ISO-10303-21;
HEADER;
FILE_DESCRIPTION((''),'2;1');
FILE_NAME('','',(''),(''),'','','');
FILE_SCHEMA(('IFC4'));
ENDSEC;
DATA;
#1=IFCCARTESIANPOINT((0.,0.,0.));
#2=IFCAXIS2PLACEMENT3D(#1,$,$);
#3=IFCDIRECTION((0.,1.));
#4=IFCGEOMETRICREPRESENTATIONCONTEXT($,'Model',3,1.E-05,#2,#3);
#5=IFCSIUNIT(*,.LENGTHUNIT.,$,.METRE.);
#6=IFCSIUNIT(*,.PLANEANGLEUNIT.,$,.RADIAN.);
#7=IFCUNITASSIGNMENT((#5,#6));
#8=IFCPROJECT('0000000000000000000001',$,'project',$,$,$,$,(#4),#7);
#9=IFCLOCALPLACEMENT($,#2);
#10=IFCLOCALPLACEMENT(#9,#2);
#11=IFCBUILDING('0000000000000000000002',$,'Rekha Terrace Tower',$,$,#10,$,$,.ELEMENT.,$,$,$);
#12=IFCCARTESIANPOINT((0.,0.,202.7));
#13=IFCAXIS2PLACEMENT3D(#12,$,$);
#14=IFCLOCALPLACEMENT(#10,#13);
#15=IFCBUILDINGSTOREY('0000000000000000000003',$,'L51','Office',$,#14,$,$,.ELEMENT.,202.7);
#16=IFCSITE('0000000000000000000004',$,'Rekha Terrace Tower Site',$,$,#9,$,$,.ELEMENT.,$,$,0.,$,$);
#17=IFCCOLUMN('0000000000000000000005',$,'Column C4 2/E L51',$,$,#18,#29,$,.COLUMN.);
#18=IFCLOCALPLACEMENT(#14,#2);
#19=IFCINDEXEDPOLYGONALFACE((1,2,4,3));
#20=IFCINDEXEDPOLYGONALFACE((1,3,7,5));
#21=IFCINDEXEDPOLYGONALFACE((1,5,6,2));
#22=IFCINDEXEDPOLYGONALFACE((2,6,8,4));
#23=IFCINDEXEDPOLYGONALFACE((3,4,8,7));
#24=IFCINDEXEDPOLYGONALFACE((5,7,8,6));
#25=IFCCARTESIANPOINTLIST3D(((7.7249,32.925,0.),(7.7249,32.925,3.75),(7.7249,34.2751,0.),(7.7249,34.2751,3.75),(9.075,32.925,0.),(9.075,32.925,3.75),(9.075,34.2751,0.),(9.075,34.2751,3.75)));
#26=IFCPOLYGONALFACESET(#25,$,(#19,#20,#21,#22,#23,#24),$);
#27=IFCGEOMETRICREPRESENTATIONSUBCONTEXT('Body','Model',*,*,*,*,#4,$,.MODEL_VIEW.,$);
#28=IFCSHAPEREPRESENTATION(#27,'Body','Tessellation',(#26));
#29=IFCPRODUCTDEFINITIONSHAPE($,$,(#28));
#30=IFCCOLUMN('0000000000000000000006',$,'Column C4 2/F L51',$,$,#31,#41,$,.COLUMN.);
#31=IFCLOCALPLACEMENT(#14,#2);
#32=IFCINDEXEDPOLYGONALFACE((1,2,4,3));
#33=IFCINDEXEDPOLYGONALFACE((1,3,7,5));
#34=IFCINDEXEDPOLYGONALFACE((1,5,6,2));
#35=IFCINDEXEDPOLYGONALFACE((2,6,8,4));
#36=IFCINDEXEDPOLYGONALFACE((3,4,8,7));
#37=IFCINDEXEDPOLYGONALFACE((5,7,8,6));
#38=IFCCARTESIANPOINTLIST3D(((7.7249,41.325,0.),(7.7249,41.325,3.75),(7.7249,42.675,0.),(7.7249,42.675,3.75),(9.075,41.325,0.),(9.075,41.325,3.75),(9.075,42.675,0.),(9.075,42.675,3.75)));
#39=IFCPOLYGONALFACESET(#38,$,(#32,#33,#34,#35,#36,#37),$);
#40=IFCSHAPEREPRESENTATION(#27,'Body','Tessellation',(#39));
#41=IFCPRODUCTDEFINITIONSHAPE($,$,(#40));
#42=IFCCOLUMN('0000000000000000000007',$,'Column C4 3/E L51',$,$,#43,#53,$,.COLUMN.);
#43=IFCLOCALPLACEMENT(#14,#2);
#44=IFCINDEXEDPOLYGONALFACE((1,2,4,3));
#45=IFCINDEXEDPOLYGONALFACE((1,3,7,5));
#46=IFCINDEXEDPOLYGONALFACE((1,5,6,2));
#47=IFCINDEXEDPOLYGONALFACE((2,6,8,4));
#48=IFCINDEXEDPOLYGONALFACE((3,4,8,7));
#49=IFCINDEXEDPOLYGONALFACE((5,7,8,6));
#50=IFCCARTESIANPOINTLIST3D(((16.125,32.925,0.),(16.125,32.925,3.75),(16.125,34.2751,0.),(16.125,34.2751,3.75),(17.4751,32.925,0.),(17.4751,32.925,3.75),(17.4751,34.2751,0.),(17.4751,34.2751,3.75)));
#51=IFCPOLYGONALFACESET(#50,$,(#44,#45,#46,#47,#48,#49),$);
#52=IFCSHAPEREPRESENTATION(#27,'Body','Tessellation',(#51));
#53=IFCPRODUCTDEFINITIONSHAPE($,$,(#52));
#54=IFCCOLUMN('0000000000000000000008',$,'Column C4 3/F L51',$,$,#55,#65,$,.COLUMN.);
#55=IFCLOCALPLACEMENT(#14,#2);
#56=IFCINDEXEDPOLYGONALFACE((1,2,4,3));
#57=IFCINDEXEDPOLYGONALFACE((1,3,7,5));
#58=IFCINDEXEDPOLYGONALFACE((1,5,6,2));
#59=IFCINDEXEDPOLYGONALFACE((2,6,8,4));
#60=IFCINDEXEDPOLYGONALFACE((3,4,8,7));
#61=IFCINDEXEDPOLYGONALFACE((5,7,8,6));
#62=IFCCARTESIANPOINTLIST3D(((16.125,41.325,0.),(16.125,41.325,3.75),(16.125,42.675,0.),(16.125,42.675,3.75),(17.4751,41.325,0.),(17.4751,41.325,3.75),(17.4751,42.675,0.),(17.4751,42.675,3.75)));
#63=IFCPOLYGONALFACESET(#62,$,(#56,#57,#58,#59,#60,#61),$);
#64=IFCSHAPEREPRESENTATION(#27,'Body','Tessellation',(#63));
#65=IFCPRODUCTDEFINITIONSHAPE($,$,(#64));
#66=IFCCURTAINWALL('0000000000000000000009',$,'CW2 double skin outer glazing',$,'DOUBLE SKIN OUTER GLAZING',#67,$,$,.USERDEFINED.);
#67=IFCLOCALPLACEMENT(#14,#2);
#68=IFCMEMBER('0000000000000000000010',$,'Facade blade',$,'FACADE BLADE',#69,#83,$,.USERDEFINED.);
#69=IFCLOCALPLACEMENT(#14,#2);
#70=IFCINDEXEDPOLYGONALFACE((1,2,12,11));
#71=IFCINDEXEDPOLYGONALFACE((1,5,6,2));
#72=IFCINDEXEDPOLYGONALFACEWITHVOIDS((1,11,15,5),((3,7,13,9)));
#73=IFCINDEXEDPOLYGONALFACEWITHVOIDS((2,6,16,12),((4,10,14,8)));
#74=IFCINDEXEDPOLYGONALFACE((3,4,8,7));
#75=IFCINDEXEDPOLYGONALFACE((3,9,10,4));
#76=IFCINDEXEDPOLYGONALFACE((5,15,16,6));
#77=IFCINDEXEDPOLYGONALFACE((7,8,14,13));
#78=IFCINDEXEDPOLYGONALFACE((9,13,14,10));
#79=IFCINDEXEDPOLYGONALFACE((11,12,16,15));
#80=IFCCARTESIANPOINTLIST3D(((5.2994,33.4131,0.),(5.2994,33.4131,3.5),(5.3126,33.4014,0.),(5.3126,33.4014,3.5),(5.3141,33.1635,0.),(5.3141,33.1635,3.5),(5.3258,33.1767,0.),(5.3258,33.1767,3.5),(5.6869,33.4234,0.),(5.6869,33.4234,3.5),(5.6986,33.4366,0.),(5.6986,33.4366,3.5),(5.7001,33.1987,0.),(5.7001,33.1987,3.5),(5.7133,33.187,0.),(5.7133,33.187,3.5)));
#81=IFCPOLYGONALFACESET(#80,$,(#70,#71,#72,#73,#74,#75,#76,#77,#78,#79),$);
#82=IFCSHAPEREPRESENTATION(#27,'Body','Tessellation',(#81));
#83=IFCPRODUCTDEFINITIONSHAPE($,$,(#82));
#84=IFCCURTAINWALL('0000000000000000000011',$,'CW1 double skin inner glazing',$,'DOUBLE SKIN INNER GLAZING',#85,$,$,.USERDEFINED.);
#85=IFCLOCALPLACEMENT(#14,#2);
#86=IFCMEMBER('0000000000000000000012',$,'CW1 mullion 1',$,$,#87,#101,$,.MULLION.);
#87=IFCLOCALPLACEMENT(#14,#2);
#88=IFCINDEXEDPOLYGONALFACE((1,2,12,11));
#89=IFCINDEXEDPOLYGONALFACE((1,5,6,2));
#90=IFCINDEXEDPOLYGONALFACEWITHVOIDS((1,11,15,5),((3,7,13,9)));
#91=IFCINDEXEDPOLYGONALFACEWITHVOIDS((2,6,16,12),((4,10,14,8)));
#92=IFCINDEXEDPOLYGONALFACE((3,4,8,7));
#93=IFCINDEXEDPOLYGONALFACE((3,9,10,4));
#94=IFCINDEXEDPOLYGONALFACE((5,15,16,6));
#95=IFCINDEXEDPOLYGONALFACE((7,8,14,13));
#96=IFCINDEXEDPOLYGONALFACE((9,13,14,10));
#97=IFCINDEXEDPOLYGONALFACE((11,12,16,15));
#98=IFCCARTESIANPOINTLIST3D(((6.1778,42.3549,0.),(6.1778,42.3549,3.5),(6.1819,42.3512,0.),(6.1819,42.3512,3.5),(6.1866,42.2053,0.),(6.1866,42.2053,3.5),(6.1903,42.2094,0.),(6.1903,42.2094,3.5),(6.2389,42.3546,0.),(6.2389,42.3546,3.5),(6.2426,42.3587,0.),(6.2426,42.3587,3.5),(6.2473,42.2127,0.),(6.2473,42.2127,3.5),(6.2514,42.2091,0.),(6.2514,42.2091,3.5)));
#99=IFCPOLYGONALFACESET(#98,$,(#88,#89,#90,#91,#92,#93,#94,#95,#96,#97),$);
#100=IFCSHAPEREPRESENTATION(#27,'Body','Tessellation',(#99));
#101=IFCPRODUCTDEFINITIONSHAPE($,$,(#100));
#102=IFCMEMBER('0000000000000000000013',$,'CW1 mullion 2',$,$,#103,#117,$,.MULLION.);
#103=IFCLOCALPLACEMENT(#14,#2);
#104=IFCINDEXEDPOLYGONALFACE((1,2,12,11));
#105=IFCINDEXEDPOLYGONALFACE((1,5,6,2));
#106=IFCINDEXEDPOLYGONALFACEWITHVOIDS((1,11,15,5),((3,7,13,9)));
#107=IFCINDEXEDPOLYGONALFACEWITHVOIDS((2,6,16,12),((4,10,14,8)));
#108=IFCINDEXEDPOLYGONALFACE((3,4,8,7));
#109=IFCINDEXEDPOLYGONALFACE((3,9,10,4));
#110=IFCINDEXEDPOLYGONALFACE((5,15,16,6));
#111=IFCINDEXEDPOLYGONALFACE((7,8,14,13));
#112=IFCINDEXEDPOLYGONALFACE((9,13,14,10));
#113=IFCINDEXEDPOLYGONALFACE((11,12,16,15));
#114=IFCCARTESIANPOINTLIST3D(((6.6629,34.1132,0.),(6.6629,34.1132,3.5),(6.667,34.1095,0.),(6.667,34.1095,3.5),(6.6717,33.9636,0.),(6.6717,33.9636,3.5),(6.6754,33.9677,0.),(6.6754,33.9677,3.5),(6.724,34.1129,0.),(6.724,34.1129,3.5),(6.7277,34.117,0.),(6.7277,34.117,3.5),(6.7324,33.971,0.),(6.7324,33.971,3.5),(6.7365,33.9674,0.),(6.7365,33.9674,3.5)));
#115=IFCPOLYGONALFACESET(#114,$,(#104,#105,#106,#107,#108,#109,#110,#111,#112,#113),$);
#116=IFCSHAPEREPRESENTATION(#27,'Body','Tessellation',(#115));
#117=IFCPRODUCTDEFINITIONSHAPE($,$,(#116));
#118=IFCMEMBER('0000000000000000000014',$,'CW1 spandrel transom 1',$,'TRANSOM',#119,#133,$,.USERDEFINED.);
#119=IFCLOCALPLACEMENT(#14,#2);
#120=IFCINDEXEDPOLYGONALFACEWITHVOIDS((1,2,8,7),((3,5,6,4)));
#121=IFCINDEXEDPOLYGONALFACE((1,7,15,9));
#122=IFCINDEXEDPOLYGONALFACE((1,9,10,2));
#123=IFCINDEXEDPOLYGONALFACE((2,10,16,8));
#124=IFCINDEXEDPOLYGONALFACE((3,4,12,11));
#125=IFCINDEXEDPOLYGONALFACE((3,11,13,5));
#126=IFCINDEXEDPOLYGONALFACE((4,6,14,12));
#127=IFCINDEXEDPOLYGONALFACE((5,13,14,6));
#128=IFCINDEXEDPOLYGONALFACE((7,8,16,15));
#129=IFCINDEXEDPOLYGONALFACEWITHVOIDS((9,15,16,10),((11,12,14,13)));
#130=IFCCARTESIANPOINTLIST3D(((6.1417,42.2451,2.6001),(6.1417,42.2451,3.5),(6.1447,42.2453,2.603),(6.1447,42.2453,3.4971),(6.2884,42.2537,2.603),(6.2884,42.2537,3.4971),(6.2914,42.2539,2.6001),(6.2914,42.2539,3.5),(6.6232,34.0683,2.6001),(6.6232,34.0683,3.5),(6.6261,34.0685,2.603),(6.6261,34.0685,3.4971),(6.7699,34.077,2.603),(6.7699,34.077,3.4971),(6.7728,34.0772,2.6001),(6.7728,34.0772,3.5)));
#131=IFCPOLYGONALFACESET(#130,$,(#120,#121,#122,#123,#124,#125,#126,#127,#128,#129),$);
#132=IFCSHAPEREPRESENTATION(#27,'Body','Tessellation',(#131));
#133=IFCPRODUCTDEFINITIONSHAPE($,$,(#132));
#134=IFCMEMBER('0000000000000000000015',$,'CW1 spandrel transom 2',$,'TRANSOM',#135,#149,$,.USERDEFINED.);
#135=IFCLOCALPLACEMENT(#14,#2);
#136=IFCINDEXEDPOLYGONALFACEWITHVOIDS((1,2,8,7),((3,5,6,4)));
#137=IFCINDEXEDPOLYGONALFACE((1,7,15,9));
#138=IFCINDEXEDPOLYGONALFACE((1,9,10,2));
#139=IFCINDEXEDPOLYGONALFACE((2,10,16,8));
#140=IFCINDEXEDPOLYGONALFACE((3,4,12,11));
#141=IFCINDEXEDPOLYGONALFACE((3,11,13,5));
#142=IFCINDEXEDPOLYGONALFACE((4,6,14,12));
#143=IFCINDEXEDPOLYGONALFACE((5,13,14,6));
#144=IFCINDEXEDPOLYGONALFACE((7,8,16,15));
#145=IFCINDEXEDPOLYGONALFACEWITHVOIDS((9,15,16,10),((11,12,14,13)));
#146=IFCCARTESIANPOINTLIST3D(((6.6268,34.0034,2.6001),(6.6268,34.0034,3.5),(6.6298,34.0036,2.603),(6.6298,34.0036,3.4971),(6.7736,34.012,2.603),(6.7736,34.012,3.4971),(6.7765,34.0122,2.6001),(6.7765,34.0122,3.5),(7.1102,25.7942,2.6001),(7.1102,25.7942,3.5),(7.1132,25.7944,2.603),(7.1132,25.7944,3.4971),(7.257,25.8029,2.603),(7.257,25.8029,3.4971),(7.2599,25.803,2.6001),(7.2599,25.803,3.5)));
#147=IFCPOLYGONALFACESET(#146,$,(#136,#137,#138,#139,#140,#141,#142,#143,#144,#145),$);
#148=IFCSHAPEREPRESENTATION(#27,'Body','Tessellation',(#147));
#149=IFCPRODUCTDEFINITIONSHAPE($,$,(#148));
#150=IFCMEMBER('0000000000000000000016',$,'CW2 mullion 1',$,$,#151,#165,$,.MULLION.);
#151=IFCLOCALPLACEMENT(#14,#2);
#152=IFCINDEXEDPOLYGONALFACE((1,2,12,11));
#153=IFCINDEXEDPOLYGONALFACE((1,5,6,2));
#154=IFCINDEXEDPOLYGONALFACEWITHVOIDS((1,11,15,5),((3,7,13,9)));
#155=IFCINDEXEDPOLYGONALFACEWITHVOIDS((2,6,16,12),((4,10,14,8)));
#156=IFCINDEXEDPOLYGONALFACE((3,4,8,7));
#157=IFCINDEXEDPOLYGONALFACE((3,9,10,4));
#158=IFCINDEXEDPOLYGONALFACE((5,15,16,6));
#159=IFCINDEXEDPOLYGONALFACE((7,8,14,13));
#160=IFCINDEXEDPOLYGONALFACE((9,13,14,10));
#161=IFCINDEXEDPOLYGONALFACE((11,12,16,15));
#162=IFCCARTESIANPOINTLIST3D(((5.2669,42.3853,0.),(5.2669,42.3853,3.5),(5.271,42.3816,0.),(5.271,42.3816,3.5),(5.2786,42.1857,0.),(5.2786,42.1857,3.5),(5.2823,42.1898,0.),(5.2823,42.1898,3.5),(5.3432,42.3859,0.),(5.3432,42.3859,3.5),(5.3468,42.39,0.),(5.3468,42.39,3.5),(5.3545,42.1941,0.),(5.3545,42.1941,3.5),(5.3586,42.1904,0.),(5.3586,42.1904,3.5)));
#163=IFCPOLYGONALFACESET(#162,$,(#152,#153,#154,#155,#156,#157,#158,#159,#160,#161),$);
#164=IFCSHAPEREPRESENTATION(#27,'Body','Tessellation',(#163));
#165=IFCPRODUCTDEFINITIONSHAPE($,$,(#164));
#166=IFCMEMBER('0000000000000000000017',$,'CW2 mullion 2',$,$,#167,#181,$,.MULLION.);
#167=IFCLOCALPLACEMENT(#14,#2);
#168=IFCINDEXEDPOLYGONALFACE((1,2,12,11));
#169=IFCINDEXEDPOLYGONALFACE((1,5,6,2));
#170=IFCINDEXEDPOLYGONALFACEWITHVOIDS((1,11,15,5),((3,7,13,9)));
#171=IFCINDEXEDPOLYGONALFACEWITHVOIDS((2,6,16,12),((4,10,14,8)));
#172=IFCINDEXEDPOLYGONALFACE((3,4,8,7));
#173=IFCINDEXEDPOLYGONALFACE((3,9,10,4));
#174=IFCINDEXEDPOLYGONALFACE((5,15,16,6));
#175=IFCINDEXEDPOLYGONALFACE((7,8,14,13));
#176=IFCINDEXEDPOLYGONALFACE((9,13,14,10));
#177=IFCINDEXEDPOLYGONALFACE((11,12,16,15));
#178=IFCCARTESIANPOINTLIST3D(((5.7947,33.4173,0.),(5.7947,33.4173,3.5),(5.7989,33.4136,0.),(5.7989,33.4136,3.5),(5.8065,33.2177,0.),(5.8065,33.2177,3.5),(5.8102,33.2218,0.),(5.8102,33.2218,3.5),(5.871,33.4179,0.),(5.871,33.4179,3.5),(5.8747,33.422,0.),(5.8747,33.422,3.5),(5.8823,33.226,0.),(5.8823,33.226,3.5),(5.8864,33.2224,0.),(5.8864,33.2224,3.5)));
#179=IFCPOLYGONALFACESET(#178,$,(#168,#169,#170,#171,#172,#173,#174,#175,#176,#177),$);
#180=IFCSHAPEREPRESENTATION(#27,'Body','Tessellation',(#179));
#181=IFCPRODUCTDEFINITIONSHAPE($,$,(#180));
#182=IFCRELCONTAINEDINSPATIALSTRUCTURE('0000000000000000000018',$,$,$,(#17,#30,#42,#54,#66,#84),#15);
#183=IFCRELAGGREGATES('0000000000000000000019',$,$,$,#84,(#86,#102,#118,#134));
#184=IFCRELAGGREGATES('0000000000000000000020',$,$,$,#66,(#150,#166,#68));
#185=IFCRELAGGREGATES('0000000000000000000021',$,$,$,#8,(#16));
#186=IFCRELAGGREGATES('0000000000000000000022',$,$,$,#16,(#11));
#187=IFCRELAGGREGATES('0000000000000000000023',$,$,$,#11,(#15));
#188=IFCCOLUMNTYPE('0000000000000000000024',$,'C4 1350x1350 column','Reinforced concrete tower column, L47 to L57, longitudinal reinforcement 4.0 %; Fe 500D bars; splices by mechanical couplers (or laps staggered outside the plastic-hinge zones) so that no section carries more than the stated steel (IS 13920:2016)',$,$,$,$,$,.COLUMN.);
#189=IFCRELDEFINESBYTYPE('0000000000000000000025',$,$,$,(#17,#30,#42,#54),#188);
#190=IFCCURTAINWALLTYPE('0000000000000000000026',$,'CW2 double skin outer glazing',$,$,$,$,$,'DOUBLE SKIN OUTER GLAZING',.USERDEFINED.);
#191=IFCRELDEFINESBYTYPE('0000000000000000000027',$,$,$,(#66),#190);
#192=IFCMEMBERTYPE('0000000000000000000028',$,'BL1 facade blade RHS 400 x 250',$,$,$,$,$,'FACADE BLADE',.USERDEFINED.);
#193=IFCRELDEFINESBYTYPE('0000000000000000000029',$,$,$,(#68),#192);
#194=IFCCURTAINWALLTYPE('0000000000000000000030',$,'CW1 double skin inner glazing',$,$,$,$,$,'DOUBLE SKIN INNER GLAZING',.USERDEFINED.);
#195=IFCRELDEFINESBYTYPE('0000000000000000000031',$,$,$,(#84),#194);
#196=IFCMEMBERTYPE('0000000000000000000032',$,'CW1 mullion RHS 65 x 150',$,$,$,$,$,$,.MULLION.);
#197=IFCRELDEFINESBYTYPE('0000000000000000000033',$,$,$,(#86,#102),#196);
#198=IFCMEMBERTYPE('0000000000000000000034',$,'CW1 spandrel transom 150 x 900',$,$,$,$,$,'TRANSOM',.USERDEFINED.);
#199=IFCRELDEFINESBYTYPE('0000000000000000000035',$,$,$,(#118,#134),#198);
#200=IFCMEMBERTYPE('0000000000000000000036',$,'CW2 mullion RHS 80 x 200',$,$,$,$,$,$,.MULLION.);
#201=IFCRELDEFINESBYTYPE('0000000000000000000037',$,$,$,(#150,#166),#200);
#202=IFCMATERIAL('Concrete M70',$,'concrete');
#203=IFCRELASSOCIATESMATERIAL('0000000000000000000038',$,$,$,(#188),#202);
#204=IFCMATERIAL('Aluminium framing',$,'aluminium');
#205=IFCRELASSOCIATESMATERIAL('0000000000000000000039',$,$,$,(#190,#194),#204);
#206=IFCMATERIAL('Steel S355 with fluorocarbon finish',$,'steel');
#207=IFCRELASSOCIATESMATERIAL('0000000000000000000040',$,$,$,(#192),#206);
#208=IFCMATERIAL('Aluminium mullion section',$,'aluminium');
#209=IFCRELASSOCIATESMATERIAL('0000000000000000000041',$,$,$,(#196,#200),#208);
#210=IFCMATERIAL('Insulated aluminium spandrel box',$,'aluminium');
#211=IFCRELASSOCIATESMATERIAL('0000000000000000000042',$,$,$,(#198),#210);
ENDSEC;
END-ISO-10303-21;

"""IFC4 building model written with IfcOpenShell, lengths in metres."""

from ifc_helpers import new_model, si_unit, direction, frame, origin, origin_2d, place, context, subcontext, project, spatial, rectangle, hollow_rectangle, extrude, material, material_profile, profile_set, type_object, element, aggregate, save


model = new_model("IFC4")

# Units and contexts
model_context = context("Model", 3, precision=1e-05, world=origin(), true_north=direction((0.0, 1.0)))
body_context = subcontext(model_context, "Body", "Model", "MODEL_VIEW")
ifc_project = project(units=[si_unit("LENGTHUNIT", "METRE"), si_unit("PLANEANGLEUNIT", "RADIAN")], contexts=[model_context])

# Site, building, storey
site_placement = place(None, origin())
site = spatial("IfcSite", under=ifc_project, at=site_placement, Name="Rekha Terrace Tower Site", CompositionType="ELEMENT", RefElevation=0.0)
building_placement = place(site_placement, origin())
building = spatial("IfcBuilding", under=site, at=building_placement, Name="Rekha Terrace Tower", CompositionType="ELEMENT")
storey_placement = place(building_placement, frame((0.0, 0.0, 202.7)))
storey = spatial("IfcBuildingStorey", under=building, at=storey_placement, Name="L51", Description="Office", CompositionType="ELEMENT", Elevation=202.7)

# Columns
ifc_material_1 = material(Name="Concrete M70", Category="concrete")
ifc_material_profile_1 = material_profile(ifc_material_1, rectangle(XDim=1.3501, YDim=1.3501, at=origin_2d()), Name="RC 1350x1350")
ifc_profile_set_1 = profile_set([ifc_material_profile_1], Name="Concrete M70")
column_type = type_object("IfcColumnType", Name="C4 1350x1350 column", Description="Reinforced concrete tower column, L47 to L57, longitudinal reinforcement 4.0 %; Fe 500D bars; splices by mechanical couplers (or laps staggered outside the plastic-hinge zones) so that no section carries more than the stated steel (IS 13920:2016)", PredefinedType="COLUMN", material=ifc_profile_set_1)
for number, where, z_axis, x_axis, name in (
    (1, (8.3999, 33.6001, 0.0), (0.0, 0.0, 1.0), (1.0, 0.0, 0.0), "Column C4 2/E L51"),
    (2, (8.3999, 42.0, 0.0), (0.0, 0.0, 1.0), (1.0, 0.0, 0.0), "Column C4 2/F L51"),
    (3, (16.8, 33.6001, 0.0), (0.0, 0.0, 1.0), (1.0, 0.0, 0.0), "Column C4 3/E L51"),
    (4, (16.8, 42.0, 0.0), (0.0, 0.0, 1.0), (1.0, 0.0, 0.0), "Column C4 3/F L51"),
):
    element("IfcColumn", number, at=place(storey_placement, frame(where, z_axis=z_axis, x_axis=x_axis)), inside=storey, type_object=column_type, Name=name, PredefinedType="COLUMN", context=body_context, shape_type="SweptSolid", body=[
        extrude(rectangle(XDim=1.3501, YDim=1.3501, at=origin_2d()), origin(), (0.0, 0.0, 1.0), 3.75),
    ])

# Curtain wall, member
ifc_material_2 = material(Name="Aluminium framing", Category="aluminium")
curtain_wall_type_1 = type_object("IfcCurtainWallType", Name="CW2 double skin outer glazing", ElementType="DOUBLE SKIN OUTER GLAZING", PredefinedType="USERDEFINED", material=ifc_material_2)
curtain_wall_1_placement = place(storey_placement, origin())
curtain_wall_1 = element("IfcCurtainWall", 5, at=curtain_wall_1_placement, inside=storey, type_object=curtain_wall_type_1, Name="CW2 double skin outer glazing", ObjectType="DOUBLE SKIN OUTER GLAZING", PredefinedType="USERDEFINED")
ifc_material_3 = material(Name="Steel S355 with fluorocarbon finish", Category="steel")
ifc_material_profile_2 = material_profile(ifc_material_3, hollow_rectangle(XDim=0.25, YDim=0.3999, WallThickness=0.0125, at=origin_2d()), Name="RHS400x250x12.5")
ifc_profile_set_2 = profile_set([ifc_material_profile_2], Name="Steel S355 with fluorocarbon finish")
member_type_1 = type_object("IfcMemberType", Name="BL1 facade blade RHS 400 x 250", ElementType="FACADE BLADE", PredefinedType="USERDEFINED", material=ifc_profile_set_2)
member_1_placement = place(storey_placement, frame((5.5063, 33.3, 0.0), z_axis=(0.0, 0.0, 1.0), x_axis=(0.058765, -0.998272, 0.0)))
member_1 = element("IfcMember", 6, at=member_1_placement, type_object=member_type_1, Name="Facade blade", ObjectType="FACADE BLADE", PredefinedType="USERDEFINED", context=body_context, shape_type="SweptSolid", body=[
    extrude(hollow_rectangle(XDim=0.25, YDim=0.3999, WallThickness=0.0125, at=origin_2d()), origin(), (0.0, 0.0, 1.0), 3.5),
])

# Curtain wall, members
curtain_wall_type_2 = type_object("IfcCurtainWallType", Name="CW1 double skin inner glazing", ElementType="DOUBLE SKIN INNER GLAZING", PredefinedType="USERDEFINED", material=ifc_material_2)
curtain_wall_2_placement = place(storey_placement, origin())
curtain_wall_2 = element("IfcCurtainWall", 7, at=curtain_wall_2_placement, inside=storey, type_object=curtain_wall_type_2, Name="CW1 double skin inner glazing", ObjectType="DOUBLE SKIN INNER GLAZING", PredefinedType="USERDEFINED")
ifc_material_4 = material(Name="Aluminium mullion section", Category="aluminium")
ifc_material_profile_3 = material_profile(ifc_material_4, hollow_rectangle(XDim=0.0649, YDim=0.1499, WallThickness=0.0039, at=origin_2d()), Name="AL RHS 65x150")
ifc_profile_set_3 = profile_set([ifc_material_profile_3], Name="Aluminium mullion section")
member_type_2 = type_object("IfcMemberType", Name="CW1 mullion RHS 65 x 150", PredefinedType="MULLION", material=ifc_profile_set_3)
member_2_placement = place(storey_placement, frame((6.2146, 42.282, 0.0), z_axis=(0.0, 0.0, 1.0), x_axis=(0.998272, 0.058765, 0.0)))
member_2 = element("IfcMember", 8, at=member_2_placement, type_object=member_type_2, Name="CW1 mullion 1", PredefinedType="MULLION", context=body_context, shape_type="SweptSolid", body=[
    extrude(hollow_rectangle(XDim=0.0649, YDim=0.1499, WallThickness=0.0039, at=origin_2d()), origin(), (0.0, 0.0, 1.0), 3.5),
])
member_3_placement = place(storey_placement, frame((6.6997, 34.0403, 0.0), z_axis=(0.0, 0.0, 1.0), x_axis=(0.998272, 0.058765, 0.0)))
member_3 = element("IfcMember", 9, at=member_3_placement, type_object=member_type_2, Name="CW1 mullion 2", PredefinedType="MULLION", context=body_context, shape_type="SweptSolid", body=[
    extrude(hollow_rectangle(XDim=0.0649, YDim=0.1499, WallThickness=0.0039, at=origin_2d()), origin(), (0.0, 0.0, 1.0), 3.5),
])
ifc_material_5 = material(Name="Insulated aluminium spandrel box", Category="aluminium")
ifc_material_profile_4 = material_profile(ifc_material_5, hollow_rectangle(XDim=0.1499, YDim=0.8999, WallThickness=0.0029, at=origin_2d()), Name="AL SPANDREL BOX 150x900")
ifc_profile_set_4 = profile_set([ifc_material_profile_4], Name="Insulated aluminium spandrel box")
member_type_3 = type_object("IfcMemberType", Name="CW1 spandrel transom 150 x 900", ElementType="TRANSOM", PredefinedType="USERDEFINED", material=ifc_profile_set_4)
member_4_placement = place(storey_placement, frame((6.2166, 42.2495, 3.05), z_axis=(0.058778, -0.998271, 0.0), x_axis=(0.998271, 0.058778, 0.0)))
member_4 = element("IfcMember", 10, at=member_4_placement, type_object=member_type_3, Name="CW1 spandrel transom 1", ObjectType="TRANSOM", PredefinedType="USERDEFINED", context=body_context, shape_type="SweptSolid", body=[
    extrude(hollow_rectangle(XDim=0.1499, YDim=0.8999, WallThickness=0.0029, at=origin_2d()), origin(), (0.0, 0.0, 1.0), 8.1909),
])
member_5_placement = place(storey_placement, frame((6.7017, 34.0078, 3.05), z_axis=(0.058783, -0.998271, 0.0), x_axis=(0.998271, 0.058783, 0.0)))
member_5 = element("IfcMember", 11, at=member_5_placement, type_object=member_type_3, Name="CW1 spandrel transom 2", ObjectType="TRANSOM", PredefinedType="USERDEFINED", context=body_context, shape_type="SweptSolid", body=[
    extrude(hollow_rectangle(XDim=0.1499, YDim=0.8999, WallThickness=0.0029, at=origin_2d()), origin(), (0.0, 0.0, 1.0), 8.2234),
])

# Members
ifc_material_profile_5 = material_profile(ifc_material_4, hollow_rectangle(XDim=0.0801, YDim=0.2, WallThickness=0.0039, at=origin_2d()), Name="AL RHS 80x200")
ifc_profile_set_5 = profile_set([ifc_material_profile_5], Name="Aluminium mullion section")
member_type_4 = type_object("IfcMemberType", Name="CW2 mullion RHS 80 x 200", PredefinedType="MULLION", material=ifc_profile_set_5)
member_6_placement = place(storey_placement, frame((5.3127, 42.2878, 0.0), z_axis=(0.0, 0.0, 1.0), x_axis=(0.998272, 0.058765, 0.0)))
member_6 = element("IfcMember", 12, at=member_6_placement, type_object=member_type_4, Name="CW2 mullion 1", PredefinedType="MULLION", context=body_context, shape_type="SweptSolid", body=[
    extrude(hollow_rectangle(XDim=0.0801, YDim=0.2, WallThickness=0.0039, at=origin_2d()), origin(), (0.0, 0.0, 1.0), 3.5),
])
member_7_placement = place(storey_placement, frame((5.8406, 33.3198, 0.0), z_axis=(0.0, 0.0, 1.0), x_axis=(0.998272, 0.058765, 0.0)))
member_7 = element("IfcMember", 13, at=member_7_placement, type_object=member_type_4, Name="CW2 mullion 2", PredefinedType="MULLION", context=body_context, shape_type="SweptSolid", body=[
    extrude(hollow_rectangle(XDim=0.0801, YDim=0.2, WallThickness=0.0039, at=origin_2d()), origin(), (0.0, 0.0, 1.0), 3.5),
])

aggregate(curtain_wall_2, [member_2, member_3, member_4, member_5])
aggregate(curtain_wall_1, [member_6, member_7, member_1])

save(model, "model.ifc")
